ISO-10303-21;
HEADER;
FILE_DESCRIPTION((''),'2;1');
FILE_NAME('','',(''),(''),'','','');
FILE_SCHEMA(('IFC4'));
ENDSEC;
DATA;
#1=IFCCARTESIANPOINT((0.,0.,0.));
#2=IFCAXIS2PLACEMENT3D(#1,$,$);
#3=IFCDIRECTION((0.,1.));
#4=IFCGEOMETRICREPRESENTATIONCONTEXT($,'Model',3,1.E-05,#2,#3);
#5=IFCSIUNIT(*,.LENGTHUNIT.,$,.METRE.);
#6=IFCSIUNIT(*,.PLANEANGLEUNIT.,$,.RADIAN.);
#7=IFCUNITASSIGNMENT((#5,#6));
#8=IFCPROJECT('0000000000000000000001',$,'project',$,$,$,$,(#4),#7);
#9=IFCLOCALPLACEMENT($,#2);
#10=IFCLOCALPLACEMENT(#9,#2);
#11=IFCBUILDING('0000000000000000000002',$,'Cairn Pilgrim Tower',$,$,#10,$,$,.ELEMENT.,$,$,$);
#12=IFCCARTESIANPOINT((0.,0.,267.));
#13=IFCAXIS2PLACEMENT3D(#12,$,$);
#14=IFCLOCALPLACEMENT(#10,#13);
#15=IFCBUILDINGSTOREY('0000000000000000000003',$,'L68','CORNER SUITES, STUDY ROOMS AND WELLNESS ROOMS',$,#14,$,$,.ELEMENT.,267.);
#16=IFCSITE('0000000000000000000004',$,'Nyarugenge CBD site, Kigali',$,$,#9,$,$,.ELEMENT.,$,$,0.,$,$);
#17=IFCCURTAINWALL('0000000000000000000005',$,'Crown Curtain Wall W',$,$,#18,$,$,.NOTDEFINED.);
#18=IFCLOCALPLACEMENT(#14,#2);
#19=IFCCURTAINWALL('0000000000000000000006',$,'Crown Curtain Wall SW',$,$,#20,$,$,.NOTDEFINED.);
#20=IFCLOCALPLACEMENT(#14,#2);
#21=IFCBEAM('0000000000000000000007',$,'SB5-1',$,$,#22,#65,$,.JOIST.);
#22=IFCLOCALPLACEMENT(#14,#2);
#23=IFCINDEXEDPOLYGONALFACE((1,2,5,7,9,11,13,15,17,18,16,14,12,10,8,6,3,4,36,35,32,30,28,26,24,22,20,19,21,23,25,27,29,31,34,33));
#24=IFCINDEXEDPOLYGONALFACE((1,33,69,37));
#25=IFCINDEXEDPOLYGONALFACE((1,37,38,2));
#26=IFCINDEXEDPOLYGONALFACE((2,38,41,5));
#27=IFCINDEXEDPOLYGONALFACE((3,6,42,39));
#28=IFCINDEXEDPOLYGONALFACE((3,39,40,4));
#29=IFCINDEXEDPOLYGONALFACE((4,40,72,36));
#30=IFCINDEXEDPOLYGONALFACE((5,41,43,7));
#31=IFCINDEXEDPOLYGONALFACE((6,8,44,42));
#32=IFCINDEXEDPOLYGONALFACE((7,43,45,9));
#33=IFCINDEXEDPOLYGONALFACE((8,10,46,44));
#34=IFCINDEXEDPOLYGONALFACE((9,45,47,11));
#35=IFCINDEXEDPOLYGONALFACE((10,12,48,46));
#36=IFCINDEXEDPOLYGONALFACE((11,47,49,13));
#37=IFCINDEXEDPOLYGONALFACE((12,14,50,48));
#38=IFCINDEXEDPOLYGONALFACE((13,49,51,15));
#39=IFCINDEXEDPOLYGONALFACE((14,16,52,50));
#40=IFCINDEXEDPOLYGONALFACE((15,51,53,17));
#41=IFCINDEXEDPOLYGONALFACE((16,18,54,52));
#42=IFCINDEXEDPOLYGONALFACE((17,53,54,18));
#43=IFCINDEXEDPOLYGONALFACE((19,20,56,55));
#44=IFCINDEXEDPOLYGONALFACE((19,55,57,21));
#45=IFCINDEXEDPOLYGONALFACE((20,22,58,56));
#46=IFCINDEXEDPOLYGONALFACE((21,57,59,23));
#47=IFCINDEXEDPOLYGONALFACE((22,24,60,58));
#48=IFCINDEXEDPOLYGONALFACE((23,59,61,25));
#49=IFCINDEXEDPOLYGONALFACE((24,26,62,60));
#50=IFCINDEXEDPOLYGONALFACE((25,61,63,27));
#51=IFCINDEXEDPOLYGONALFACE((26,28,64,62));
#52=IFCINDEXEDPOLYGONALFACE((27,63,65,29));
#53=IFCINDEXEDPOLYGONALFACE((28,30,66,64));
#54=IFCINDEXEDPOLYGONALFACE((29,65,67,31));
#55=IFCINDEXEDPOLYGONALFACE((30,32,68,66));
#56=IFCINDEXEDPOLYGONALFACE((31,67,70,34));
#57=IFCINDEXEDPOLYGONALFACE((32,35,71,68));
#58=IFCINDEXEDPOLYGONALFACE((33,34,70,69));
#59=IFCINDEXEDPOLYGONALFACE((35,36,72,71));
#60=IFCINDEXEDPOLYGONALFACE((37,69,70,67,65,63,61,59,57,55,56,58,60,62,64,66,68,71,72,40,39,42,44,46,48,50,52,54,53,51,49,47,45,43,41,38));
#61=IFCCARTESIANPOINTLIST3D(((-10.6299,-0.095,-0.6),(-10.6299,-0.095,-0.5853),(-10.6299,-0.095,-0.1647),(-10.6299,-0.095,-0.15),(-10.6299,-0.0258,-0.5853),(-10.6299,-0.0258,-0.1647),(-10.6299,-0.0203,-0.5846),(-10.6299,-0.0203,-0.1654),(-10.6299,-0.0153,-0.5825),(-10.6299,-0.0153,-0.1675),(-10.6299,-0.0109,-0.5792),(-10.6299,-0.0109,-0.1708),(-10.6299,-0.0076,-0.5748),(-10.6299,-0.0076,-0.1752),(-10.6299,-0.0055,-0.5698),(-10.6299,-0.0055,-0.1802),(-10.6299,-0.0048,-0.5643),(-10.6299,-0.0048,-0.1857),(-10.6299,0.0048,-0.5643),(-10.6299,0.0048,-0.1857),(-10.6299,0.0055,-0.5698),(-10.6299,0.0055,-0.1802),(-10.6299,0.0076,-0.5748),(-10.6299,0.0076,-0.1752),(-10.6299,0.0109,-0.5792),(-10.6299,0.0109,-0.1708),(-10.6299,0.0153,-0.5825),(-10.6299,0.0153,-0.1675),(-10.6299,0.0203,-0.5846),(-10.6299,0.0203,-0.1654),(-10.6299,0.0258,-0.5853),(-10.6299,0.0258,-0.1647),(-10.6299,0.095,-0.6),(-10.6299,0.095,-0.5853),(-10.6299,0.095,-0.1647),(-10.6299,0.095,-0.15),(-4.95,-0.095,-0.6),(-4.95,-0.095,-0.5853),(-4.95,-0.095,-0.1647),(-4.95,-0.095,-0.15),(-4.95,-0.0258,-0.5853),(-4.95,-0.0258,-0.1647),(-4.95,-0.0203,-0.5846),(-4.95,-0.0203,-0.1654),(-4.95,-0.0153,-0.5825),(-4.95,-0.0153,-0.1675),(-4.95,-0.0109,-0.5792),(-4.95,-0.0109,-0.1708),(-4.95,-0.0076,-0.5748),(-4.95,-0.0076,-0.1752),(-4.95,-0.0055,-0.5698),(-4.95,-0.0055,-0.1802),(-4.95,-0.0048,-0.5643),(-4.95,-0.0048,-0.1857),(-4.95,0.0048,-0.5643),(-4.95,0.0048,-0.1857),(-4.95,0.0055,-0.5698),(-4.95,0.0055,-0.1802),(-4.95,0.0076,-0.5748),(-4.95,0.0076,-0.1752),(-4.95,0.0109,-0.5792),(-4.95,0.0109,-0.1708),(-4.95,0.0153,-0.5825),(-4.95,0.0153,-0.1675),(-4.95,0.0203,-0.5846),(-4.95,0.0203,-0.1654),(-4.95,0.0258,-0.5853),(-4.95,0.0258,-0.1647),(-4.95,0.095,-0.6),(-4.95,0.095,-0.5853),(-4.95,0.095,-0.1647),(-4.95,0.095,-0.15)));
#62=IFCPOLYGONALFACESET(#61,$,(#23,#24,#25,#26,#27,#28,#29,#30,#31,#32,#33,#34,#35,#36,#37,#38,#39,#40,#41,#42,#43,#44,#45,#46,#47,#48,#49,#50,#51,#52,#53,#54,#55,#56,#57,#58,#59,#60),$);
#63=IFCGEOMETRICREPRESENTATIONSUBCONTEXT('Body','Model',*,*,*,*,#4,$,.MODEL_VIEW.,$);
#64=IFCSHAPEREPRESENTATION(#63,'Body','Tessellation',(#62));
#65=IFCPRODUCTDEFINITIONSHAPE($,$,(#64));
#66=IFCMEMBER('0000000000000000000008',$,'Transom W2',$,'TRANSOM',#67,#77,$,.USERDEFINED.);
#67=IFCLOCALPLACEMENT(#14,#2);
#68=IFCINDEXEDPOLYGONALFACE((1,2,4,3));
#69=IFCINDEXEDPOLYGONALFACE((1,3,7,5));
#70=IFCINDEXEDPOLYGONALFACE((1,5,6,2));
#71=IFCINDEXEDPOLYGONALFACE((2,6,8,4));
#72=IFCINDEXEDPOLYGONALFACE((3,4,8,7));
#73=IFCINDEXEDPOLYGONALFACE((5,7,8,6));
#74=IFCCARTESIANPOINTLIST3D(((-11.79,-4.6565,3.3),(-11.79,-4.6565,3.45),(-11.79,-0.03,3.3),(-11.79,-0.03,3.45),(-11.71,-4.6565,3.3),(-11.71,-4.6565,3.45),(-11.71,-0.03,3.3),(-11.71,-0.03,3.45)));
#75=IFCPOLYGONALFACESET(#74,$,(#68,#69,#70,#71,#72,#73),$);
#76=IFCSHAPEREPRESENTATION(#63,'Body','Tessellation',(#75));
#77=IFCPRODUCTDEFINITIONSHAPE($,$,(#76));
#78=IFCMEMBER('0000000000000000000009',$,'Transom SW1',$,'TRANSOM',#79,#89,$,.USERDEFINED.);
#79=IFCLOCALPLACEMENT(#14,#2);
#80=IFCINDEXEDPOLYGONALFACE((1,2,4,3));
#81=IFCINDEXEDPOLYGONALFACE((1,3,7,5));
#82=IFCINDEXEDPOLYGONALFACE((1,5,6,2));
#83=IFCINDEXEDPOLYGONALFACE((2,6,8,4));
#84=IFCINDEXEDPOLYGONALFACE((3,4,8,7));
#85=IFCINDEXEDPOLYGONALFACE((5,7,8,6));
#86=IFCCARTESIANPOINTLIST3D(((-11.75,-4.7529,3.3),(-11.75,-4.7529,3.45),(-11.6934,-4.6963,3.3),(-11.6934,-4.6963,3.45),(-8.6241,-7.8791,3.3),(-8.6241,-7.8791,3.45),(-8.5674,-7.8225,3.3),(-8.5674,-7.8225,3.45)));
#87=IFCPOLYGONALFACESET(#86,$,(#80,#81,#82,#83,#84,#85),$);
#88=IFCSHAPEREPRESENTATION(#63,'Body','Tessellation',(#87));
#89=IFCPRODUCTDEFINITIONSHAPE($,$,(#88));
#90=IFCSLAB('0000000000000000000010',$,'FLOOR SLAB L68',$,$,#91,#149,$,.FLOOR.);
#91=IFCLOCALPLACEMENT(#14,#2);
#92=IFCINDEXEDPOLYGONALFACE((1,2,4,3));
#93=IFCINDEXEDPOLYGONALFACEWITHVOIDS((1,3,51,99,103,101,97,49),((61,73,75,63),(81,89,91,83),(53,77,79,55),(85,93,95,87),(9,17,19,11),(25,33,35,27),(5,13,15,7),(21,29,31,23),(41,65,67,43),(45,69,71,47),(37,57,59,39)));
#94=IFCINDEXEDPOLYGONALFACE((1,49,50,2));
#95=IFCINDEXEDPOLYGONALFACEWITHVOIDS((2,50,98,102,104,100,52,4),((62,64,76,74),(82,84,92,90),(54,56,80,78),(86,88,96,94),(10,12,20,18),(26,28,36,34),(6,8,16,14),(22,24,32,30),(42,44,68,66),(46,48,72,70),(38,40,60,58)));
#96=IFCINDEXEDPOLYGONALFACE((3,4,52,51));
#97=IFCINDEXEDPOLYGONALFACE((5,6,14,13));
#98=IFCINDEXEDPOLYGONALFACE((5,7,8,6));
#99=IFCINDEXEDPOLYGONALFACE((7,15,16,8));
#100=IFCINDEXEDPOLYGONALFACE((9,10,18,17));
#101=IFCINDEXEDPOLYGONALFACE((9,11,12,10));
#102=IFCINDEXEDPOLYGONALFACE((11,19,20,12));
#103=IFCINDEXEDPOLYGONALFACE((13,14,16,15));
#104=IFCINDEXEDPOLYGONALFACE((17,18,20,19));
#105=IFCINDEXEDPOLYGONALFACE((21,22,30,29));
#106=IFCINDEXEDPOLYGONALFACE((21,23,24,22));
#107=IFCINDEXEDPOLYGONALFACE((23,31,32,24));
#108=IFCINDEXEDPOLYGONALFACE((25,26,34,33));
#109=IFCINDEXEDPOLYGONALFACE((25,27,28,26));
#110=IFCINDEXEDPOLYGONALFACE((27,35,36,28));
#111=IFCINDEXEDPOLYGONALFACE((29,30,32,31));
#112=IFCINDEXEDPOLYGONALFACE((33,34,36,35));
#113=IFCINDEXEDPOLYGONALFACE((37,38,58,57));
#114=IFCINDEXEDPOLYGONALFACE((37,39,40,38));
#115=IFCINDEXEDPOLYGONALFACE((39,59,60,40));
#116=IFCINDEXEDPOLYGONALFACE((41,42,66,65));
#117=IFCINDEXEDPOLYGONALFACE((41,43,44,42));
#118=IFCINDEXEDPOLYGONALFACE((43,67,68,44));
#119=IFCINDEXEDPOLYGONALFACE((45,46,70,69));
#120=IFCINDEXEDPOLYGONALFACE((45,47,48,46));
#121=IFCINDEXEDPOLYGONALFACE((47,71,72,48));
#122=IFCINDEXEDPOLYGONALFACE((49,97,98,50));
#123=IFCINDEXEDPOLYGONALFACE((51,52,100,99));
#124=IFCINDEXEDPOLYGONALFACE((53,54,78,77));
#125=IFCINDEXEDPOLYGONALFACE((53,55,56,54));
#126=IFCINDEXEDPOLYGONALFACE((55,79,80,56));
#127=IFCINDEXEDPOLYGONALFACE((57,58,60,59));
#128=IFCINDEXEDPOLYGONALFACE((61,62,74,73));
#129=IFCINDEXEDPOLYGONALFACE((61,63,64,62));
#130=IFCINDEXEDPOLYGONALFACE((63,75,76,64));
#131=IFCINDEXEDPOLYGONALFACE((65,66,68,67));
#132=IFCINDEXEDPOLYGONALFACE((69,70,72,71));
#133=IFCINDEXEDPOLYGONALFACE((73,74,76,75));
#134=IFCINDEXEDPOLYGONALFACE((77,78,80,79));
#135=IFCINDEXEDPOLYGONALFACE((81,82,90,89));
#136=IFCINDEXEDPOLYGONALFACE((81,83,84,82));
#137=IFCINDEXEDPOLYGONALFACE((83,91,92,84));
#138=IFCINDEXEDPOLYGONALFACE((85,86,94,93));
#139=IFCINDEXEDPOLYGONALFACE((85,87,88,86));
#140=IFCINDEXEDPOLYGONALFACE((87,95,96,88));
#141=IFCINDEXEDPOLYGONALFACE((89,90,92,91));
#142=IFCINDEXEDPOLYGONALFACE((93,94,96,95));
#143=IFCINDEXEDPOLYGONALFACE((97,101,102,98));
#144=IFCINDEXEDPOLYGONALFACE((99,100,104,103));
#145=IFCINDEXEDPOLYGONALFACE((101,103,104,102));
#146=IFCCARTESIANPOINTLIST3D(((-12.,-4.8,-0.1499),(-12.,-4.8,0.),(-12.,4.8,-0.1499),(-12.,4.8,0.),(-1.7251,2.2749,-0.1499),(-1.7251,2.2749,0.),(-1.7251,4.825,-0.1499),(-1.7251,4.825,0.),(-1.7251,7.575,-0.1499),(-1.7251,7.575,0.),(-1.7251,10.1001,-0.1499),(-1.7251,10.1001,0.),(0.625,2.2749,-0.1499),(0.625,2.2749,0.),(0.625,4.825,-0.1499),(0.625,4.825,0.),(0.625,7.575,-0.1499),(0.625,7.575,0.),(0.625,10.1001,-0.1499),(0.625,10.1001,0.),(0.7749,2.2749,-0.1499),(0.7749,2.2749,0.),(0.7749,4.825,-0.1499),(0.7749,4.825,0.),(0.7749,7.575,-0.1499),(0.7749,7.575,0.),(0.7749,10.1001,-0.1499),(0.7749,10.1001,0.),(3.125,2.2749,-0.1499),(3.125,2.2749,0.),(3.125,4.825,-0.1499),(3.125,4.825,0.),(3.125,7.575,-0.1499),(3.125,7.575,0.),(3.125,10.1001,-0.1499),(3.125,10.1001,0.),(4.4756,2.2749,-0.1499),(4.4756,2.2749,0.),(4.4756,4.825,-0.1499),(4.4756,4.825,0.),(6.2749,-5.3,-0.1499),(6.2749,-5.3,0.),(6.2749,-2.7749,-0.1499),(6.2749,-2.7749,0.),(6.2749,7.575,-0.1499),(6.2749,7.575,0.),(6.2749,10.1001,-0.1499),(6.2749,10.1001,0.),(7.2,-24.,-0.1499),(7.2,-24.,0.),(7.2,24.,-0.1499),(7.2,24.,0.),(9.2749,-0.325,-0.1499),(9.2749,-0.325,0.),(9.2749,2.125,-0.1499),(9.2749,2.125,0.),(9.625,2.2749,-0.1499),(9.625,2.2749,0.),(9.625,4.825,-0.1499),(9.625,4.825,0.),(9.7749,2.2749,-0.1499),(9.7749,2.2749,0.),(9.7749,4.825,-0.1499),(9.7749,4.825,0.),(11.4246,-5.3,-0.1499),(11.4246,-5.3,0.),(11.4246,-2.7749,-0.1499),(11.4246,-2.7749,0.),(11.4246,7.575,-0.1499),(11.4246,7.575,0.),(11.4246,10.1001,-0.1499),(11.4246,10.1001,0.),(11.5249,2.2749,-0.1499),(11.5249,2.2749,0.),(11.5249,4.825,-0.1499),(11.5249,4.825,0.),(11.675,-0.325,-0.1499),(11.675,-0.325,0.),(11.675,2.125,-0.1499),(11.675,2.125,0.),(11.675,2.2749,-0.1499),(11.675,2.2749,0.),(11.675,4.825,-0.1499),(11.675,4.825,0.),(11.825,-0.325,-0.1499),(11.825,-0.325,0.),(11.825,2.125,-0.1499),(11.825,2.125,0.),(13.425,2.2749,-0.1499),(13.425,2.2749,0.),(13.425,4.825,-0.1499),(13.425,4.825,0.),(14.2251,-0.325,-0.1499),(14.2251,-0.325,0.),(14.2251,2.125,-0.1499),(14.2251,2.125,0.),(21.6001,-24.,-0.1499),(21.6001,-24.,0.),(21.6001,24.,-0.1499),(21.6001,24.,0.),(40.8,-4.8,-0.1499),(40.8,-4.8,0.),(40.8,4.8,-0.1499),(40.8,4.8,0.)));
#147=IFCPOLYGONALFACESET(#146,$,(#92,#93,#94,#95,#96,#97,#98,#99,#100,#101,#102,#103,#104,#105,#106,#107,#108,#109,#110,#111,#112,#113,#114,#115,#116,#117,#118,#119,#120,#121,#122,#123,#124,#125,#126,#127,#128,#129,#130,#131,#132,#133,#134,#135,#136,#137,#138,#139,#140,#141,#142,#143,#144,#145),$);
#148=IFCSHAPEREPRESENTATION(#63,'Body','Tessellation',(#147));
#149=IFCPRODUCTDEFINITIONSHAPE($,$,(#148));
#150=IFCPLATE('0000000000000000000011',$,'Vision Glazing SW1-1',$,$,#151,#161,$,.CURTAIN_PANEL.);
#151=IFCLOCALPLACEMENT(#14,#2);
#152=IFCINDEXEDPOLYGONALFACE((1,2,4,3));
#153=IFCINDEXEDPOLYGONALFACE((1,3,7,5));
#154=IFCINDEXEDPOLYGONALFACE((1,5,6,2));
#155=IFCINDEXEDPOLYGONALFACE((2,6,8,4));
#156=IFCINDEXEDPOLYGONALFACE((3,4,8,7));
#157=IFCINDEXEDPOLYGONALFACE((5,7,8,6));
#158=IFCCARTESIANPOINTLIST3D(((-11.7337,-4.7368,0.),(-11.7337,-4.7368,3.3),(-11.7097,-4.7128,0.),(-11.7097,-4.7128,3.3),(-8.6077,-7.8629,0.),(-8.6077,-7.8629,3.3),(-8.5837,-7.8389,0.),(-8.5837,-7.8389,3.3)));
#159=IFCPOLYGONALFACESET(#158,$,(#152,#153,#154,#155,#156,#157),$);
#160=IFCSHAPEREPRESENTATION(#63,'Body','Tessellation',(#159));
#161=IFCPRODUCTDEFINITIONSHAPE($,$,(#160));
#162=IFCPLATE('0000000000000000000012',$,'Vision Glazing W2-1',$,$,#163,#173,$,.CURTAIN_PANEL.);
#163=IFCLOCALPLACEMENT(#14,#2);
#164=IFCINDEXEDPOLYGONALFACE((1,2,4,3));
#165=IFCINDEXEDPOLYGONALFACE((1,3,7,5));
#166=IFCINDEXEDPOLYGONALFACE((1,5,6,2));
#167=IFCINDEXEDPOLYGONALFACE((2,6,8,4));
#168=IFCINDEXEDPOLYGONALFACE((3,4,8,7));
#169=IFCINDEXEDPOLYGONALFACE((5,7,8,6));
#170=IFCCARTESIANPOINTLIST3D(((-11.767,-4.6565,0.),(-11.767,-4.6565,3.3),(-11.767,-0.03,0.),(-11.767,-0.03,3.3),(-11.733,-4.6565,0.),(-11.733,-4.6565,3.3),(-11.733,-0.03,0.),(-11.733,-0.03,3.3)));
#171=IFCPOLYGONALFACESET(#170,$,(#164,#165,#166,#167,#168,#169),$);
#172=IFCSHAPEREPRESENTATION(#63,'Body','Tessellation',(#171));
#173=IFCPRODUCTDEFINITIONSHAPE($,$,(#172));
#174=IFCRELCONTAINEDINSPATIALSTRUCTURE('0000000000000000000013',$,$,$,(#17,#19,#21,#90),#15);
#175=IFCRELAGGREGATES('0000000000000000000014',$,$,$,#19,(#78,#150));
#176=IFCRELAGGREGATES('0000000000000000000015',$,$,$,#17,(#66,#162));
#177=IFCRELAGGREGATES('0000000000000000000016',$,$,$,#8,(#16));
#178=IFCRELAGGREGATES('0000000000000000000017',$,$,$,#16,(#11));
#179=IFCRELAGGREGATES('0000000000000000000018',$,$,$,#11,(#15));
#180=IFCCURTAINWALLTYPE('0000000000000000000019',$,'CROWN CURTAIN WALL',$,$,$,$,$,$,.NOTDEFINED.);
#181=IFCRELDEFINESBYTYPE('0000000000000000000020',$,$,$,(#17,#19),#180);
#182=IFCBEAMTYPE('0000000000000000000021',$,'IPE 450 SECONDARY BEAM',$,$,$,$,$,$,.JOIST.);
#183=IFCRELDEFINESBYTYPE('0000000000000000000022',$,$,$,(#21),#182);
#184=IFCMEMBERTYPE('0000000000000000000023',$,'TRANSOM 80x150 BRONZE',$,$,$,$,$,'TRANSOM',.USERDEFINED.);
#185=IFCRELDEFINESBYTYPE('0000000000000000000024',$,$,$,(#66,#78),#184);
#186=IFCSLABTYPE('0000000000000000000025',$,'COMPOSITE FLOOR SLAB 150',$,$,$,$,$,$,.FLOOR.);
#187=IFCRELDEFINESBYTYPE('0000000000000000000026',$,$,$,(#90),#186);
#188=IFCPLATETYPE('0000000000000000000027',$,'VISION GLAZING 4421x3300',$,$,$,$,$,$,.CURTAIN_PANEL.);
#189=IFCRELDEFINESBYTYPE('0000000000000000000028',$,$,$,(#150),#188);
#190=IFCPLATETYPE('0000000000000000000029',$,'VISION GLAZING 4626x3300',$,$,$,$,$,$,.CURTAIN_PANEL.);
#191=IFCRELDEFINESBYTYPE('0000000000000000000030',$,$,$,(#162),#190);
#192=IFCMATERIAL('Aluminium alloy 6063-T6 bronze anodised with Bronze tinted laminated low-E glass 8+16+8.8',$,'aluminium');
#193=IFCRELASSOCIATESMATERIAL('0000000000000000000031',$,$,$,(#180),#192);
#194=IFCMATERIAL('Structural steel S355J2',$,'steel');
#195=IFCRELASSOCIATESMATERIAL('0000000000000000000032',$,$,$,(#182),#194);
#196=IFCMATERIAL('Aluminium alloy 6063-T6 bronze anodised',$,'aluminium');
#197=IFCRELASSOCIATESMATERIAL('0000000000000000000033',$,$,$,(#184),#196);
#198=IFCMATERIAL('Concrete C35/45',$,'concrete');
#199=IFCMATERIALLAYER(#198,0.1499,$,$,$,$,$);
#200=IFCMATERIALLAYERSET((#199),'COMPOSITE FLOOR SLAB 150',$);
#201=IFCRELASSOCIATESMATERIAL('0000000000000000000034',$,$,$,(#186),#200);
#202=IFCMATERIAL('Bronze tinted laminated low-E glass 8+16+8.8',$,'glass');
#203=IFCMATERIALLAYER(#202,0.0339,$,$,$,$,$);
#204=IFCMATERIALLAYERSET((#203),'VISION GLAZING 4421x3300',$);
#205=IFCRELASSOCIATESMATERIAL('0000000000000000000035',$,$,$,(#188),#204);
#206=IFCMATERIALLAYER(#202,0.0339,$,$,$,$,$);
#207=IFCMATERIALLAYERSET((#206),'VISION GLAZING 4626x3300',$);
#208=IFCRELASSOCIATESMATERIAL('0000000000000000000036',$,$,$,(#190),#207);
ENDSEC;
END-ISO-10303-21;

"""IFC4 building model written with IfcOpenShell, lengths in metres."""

from ifc_helpers import new_model, si_unit, direction, frame, origin, origin_2d, place, context, subcontext, project, spatial, polyline, rectangle, i_section, outline, extrude, material, layer, layer_set, material_profile, profile_set, type_object, element, aggregate, save


model = new_model("IFC4")

# Units and contexts
model_context = context("Model", 3, precision=1e-05, world=origin(), true_north=direction((0.0, 1.0)))
body_context = subcontext(model_context, "Body", "Model", "MODEL_VIEW")
ifc_project = project(units=[si_unit("LENGTHUNIT", "METRE"), si_unit("PLANEANGLEUNIT", "RADIAN")], contexts=[model_context])

# Site, building, storey
site_placement = place(None, origin())
site = spatial("IfcSite", under=ifc_project, at=site_placement, Name="Nyarugenge CBD site, Kigali", CompositionType="ELEMENT", RefElevation=0.0)
building_placement = place(site_placement, origin())
building = spatial("IfcBuilding", under=site, at=building_placement, Name="Cairn Pilgrim Tower", CompositionType="ELEMENT")
storey_placement = place(building_placement, frame((0.0, 0.0, 267.0)))
storey = spatial("IfcBuildingStorey", under=building, at=storey_placement, Name="L68", Description="CORNER SUITES, STUDY ROOMS AND WELLNESS ROOMS", CompositionType="ELEMENT", Elevation=267.0)

# Shared definitions
ifc_material_1 = material(Name="Structural steel S355J2", Category="steel")

# Curtain wall
ifc_material_2 = material(Name="Aluminium alloy 6063-T6 bronze anodised with Bronze tinted laminated low-E glass 8+16+8.8", Category="aluminium")
curtain_wall_type = type_object("IfcCurtainWallType", Name="CROWN CURTAIN WALL", PredefinedType="NOTDEFINED", material=ifc_material_2)
curtain_wall_1_placement = place(storey_placement, origin())
curtain_wall_1 = element("IfcCurtainWall", 1, at=curtain_wall_1_placement, inside=storey, type_object=curtain_wall_type, Name="Crown Curtain Wall W", PredefinedType="NOTDEFINED")
ifc_material_3 = material(Name="Aluminium alloy 6063-T6 bronze anodised", Category="aluminium")

# Curtain wall
curtain_wall_2_placement = place(storey_placement, origin())
curtain_wall_2 = element("IfcCurtainWall", 2, at=curtain_wall_2_placement, inside=storey, type_object=curtain_wall_type, Name="Crown Curtain Wall SW", PredefinedType="NOTDEFINED")

# Beam
ifc_material_profile_1 = material_profile(ifc_material_1, i_section(OverallWidth=0.1899, OverallDepth=0.45, WebThickness=0.0095, FlangeThickness=0.0146, FilletRadius=0.021, at=origin_2d()), Name="IPE 450")
ifc_profile_set_1 = profile_set([ifc_material_profile_1], Name="Structural steel S355J2")
beam_type_1 = type_object("IfcBeamType", Name="IPE 450 SECONDARY BEAM", PredefinedType="JOIST", material=ifc_profile_set_1)
beam_1_placement = place(storey_placement, frame((-10.6299, 0.0, -0.375), z_axis=(1.0, 0.0, 0.0), x_axis=(0.0, 1.0, 0.0)))
element("IfcBeam", 3, at=beam_1_placement, inside=storey, type_object=beam_type_1, Name="SB5-1", PredefinedType="JOIST", context=body_context, shape_type="SweptSolid", body=[
    extrude(i_section(OverallWidth=0.1899, OverallDepth=0.45, WebThickness=0.0095, FlangeThickness=0.0146, FilletRadius=0.021, at=origin_2d()), origin(), (0.0, 0.0, 1.0), 5.6799),
])

# Members
ifc_material_profile_2 = material_profile(ifc_material_3, rectangle(XDim=0.0801, YDim=0.1499, at=origin_2d()), Name="TRANSOM 80x150 BRONZE")
ifc_profile_set_2 = profile_set([ifc_material_profile_2], Name="Aluminium alloy 6063-T6 bronze anodised")
member_type_1 = type_object("IfcMemberType", Name="TRANSOM 80x150 BRONZE", ElementType="TRANSOM", PredefinedType="USERDEFINED", material=ifc_profile_set_2)
member_1_placement = place(storey_placement, frame((-11.75, -0.03, 3.375), z_axis=(0.0, -1.0, 0.0), x_axis=(1.0, 0.0, 0.0)))
member_1 = element("IfcMember", 4, at=member_1_placement, type_object=member_type_1, Name="Transom W2", ObjectType="TRANSOM", PredefinedType="USERDEFINED", context=body_context, shape_type="SweptSolid", body=[
    extrude(rectangle(XDim=0.0801, YDim=0.1499, at=origin_2d()), origin(), (0.0, 0.0, 1.0), 4.6265),
])
member_2_placement = place(storey_placement, frame((-11.7217, -4.7246, 3.375), z_axis=(0.707079, -0.707134, 0.0), x_axis=(0.707134, 0.707079, 0.0)))
member_2 = element("IfcMember", 5, at=member_2_placement, type_object=member_type_1, Name="Transom SW1", ObjectType="TRANSOM", PredefinedType="USERDEFINED", context=body_context, shape_type="SweptSolid", body=[
    extrude(rectangle(XDim=0.0801, YDim=0.1499, at=origin_2d()), origin(), (0.0, 0.0, 1.0), 4.4209),
])

# Slab
ifc_material_4 = material(Name="Concrete C35/45", Category="concrete")
ifc_layer_1 = layer(ifc_material_4, 0.1499)
ifc_layer_set_1 = layer_set([ifc_layer_1], Name="COMPOSITE FLOOR SLAB 150")
slab_type = type_object("IfcSlabType", Name="COMPOSITE FLOOR SLAB 150", PredefinedType="FLOOR", material=ifc_layer_set_1)
slab_placement = place(storey_placement, frame((0.0, 0.0, -0.1499)))
element("IfcSlab", 6, at=slab_placement, inside=storey, type_object=slab_type, Name="FLOOR SLAB L68", PredefinedType="FLOOR", context=body_context, shape_type="SweptSolid", body=[
    extrude(outline(polyline([(7.2, -24.0), (21.6001, -24.0), (40.8, -4.8), (40.8, 4.8), (21.6001, 24.0), (7.2, 24.0), (-12.0, 4.8), (-12.0, -4.8), (7.2, -24.0)]), holes=[polyline([(9.2749, -0.325), (11.675, -0.325), (11.675, 2.125), (9.2749, 2.125), (9.2749, -0.325)]), polyline([(11.825, -0.325), (14.2251, -0.325), (14.2251, 2.125), (11.825, 2.125), (11.825, -0.325)]), polyline([(-1.7251, 2.2749), (0.625, 2.2749), (0.625, 4.825), (-1.7251, 4.825), (-1.7251, 2.2749)]), polyline([(0.7749, 2.2749), (3.125, 2.2749), (3.125, 4.825), (0.7749, 4.825), (0.7749, 2.2749)]), polyline([(-1.7251, 7.575), (0.625, 7.575), (0.625, 10.1001), (-1.7251, 10.1001), (-1.7251, 7.575)]), polyline([(0.7749, 7.575), (3.125, 7.575), (3.125, 10.1001), (0.7749, 10.1001), (0.7749, 7.575)]), polyline([(9.7749, 2.2749), (11.5249, 2.2749), (11.5249, 4.825), (9.7749, 4.825), (9.7749, 2.2749)]), polyline([(11.675, 2.2749), (13.425, 2.2749), (13.425, 4.825), (11.675, 4.825), (11.675, 2.2749)]), polyline([(11.4246, -2.7749), (6.2749, -2.7749), (6.2749, -5.3), (11.4246, -5.3), (11.4246, -2.7749)]), polyline([(4.4756, 2.2749), (9.625, 2.2749), (9.625, 4.825), (4.4756, 4.825), (4.4756, 2.2749)]), polyline([(11.4246, 10.1001), (6.2749, 10.1001), (6.2749, 7.575), (11.4246, 7.575), (11.4246, 10.1001)])]), origin(), (0.0, 0.0, 1.0), 0.1499),
])

# Plates
ifc_material_5 = material(Name="Bronze tinted laminated low-E glass 8+16+8.8", Category="glass")
ifc_layer_2 = layer(ifc_material_5, 0.0339)
ifc_layer_set_2 = layer_set([ifc_layer_2], Name="VISION GLAZING 4421x3300")
plate_type_1 = type_object("IfcPlateType", Name="VISION GLAZING 4421x3300", PredefinedType="CURTAIN_PANEL", material=ifc_layer_set_2)
plate_1_placement = place(storey_placement, frame((-10.1587, -6.2878, 0.0), z_axis=(0.0, 0.0, 1.0), x_axis=(0.707107, -0.707107, 0.0)))
plate_1 = element("IfcPlate", 7, at=plate_1_placement, type_object=plate_type_1, Name="Vision Glazing SW1-1", PredefinedType="CURTAIN_PANEL", context=body_context, shape_type="SweptSolid", body=[
    extrude(rectangle(XDim=4.4209, YDim=0.0339, at=origin_2d()), origin(), (0.0, 0.0, 1.0), 3.3),
])
aggregate(curtain_wall_2, [member_2, plate_1])
ifc_layer_3 = layer(ifc_material_5, 0.0339)
ifc_layer_set_3 = layer_set([ifc_layer_3], Name="VISION GLAZING 4626x3300")
plate_type_2 = type_object("IfcPlateType", Name="VISION GLAZING 4626x3300", PredefinedType="CURTAIN_PANEL", material=ifc_layer_set_3)
plate_2_placement = place(storey_placement, frame((-11.75, -2.3433, 0.0), z_axis=(0.0, 0.0, 1.0), x_axis=(0.0, -1.0, 0.0)))
plate_2 = element("IfcPlate", 8, at=plate_2_placement, type_object=plate_type_2, Name="Vision Glazing W2-1", PredefinedType="CURTAIN_PANEL", context=body_context, shape_type="SweptSolid", body=[
    extrude(rectangle(XDim=4.6265, YDim=0.0339, at=origin_2d()), origin(), (0.0, 0.0, 1.0), 3.3),
])
aggregate(curtain_wall_1, [member_1, plate_2])

save(model, "model.ifc")
